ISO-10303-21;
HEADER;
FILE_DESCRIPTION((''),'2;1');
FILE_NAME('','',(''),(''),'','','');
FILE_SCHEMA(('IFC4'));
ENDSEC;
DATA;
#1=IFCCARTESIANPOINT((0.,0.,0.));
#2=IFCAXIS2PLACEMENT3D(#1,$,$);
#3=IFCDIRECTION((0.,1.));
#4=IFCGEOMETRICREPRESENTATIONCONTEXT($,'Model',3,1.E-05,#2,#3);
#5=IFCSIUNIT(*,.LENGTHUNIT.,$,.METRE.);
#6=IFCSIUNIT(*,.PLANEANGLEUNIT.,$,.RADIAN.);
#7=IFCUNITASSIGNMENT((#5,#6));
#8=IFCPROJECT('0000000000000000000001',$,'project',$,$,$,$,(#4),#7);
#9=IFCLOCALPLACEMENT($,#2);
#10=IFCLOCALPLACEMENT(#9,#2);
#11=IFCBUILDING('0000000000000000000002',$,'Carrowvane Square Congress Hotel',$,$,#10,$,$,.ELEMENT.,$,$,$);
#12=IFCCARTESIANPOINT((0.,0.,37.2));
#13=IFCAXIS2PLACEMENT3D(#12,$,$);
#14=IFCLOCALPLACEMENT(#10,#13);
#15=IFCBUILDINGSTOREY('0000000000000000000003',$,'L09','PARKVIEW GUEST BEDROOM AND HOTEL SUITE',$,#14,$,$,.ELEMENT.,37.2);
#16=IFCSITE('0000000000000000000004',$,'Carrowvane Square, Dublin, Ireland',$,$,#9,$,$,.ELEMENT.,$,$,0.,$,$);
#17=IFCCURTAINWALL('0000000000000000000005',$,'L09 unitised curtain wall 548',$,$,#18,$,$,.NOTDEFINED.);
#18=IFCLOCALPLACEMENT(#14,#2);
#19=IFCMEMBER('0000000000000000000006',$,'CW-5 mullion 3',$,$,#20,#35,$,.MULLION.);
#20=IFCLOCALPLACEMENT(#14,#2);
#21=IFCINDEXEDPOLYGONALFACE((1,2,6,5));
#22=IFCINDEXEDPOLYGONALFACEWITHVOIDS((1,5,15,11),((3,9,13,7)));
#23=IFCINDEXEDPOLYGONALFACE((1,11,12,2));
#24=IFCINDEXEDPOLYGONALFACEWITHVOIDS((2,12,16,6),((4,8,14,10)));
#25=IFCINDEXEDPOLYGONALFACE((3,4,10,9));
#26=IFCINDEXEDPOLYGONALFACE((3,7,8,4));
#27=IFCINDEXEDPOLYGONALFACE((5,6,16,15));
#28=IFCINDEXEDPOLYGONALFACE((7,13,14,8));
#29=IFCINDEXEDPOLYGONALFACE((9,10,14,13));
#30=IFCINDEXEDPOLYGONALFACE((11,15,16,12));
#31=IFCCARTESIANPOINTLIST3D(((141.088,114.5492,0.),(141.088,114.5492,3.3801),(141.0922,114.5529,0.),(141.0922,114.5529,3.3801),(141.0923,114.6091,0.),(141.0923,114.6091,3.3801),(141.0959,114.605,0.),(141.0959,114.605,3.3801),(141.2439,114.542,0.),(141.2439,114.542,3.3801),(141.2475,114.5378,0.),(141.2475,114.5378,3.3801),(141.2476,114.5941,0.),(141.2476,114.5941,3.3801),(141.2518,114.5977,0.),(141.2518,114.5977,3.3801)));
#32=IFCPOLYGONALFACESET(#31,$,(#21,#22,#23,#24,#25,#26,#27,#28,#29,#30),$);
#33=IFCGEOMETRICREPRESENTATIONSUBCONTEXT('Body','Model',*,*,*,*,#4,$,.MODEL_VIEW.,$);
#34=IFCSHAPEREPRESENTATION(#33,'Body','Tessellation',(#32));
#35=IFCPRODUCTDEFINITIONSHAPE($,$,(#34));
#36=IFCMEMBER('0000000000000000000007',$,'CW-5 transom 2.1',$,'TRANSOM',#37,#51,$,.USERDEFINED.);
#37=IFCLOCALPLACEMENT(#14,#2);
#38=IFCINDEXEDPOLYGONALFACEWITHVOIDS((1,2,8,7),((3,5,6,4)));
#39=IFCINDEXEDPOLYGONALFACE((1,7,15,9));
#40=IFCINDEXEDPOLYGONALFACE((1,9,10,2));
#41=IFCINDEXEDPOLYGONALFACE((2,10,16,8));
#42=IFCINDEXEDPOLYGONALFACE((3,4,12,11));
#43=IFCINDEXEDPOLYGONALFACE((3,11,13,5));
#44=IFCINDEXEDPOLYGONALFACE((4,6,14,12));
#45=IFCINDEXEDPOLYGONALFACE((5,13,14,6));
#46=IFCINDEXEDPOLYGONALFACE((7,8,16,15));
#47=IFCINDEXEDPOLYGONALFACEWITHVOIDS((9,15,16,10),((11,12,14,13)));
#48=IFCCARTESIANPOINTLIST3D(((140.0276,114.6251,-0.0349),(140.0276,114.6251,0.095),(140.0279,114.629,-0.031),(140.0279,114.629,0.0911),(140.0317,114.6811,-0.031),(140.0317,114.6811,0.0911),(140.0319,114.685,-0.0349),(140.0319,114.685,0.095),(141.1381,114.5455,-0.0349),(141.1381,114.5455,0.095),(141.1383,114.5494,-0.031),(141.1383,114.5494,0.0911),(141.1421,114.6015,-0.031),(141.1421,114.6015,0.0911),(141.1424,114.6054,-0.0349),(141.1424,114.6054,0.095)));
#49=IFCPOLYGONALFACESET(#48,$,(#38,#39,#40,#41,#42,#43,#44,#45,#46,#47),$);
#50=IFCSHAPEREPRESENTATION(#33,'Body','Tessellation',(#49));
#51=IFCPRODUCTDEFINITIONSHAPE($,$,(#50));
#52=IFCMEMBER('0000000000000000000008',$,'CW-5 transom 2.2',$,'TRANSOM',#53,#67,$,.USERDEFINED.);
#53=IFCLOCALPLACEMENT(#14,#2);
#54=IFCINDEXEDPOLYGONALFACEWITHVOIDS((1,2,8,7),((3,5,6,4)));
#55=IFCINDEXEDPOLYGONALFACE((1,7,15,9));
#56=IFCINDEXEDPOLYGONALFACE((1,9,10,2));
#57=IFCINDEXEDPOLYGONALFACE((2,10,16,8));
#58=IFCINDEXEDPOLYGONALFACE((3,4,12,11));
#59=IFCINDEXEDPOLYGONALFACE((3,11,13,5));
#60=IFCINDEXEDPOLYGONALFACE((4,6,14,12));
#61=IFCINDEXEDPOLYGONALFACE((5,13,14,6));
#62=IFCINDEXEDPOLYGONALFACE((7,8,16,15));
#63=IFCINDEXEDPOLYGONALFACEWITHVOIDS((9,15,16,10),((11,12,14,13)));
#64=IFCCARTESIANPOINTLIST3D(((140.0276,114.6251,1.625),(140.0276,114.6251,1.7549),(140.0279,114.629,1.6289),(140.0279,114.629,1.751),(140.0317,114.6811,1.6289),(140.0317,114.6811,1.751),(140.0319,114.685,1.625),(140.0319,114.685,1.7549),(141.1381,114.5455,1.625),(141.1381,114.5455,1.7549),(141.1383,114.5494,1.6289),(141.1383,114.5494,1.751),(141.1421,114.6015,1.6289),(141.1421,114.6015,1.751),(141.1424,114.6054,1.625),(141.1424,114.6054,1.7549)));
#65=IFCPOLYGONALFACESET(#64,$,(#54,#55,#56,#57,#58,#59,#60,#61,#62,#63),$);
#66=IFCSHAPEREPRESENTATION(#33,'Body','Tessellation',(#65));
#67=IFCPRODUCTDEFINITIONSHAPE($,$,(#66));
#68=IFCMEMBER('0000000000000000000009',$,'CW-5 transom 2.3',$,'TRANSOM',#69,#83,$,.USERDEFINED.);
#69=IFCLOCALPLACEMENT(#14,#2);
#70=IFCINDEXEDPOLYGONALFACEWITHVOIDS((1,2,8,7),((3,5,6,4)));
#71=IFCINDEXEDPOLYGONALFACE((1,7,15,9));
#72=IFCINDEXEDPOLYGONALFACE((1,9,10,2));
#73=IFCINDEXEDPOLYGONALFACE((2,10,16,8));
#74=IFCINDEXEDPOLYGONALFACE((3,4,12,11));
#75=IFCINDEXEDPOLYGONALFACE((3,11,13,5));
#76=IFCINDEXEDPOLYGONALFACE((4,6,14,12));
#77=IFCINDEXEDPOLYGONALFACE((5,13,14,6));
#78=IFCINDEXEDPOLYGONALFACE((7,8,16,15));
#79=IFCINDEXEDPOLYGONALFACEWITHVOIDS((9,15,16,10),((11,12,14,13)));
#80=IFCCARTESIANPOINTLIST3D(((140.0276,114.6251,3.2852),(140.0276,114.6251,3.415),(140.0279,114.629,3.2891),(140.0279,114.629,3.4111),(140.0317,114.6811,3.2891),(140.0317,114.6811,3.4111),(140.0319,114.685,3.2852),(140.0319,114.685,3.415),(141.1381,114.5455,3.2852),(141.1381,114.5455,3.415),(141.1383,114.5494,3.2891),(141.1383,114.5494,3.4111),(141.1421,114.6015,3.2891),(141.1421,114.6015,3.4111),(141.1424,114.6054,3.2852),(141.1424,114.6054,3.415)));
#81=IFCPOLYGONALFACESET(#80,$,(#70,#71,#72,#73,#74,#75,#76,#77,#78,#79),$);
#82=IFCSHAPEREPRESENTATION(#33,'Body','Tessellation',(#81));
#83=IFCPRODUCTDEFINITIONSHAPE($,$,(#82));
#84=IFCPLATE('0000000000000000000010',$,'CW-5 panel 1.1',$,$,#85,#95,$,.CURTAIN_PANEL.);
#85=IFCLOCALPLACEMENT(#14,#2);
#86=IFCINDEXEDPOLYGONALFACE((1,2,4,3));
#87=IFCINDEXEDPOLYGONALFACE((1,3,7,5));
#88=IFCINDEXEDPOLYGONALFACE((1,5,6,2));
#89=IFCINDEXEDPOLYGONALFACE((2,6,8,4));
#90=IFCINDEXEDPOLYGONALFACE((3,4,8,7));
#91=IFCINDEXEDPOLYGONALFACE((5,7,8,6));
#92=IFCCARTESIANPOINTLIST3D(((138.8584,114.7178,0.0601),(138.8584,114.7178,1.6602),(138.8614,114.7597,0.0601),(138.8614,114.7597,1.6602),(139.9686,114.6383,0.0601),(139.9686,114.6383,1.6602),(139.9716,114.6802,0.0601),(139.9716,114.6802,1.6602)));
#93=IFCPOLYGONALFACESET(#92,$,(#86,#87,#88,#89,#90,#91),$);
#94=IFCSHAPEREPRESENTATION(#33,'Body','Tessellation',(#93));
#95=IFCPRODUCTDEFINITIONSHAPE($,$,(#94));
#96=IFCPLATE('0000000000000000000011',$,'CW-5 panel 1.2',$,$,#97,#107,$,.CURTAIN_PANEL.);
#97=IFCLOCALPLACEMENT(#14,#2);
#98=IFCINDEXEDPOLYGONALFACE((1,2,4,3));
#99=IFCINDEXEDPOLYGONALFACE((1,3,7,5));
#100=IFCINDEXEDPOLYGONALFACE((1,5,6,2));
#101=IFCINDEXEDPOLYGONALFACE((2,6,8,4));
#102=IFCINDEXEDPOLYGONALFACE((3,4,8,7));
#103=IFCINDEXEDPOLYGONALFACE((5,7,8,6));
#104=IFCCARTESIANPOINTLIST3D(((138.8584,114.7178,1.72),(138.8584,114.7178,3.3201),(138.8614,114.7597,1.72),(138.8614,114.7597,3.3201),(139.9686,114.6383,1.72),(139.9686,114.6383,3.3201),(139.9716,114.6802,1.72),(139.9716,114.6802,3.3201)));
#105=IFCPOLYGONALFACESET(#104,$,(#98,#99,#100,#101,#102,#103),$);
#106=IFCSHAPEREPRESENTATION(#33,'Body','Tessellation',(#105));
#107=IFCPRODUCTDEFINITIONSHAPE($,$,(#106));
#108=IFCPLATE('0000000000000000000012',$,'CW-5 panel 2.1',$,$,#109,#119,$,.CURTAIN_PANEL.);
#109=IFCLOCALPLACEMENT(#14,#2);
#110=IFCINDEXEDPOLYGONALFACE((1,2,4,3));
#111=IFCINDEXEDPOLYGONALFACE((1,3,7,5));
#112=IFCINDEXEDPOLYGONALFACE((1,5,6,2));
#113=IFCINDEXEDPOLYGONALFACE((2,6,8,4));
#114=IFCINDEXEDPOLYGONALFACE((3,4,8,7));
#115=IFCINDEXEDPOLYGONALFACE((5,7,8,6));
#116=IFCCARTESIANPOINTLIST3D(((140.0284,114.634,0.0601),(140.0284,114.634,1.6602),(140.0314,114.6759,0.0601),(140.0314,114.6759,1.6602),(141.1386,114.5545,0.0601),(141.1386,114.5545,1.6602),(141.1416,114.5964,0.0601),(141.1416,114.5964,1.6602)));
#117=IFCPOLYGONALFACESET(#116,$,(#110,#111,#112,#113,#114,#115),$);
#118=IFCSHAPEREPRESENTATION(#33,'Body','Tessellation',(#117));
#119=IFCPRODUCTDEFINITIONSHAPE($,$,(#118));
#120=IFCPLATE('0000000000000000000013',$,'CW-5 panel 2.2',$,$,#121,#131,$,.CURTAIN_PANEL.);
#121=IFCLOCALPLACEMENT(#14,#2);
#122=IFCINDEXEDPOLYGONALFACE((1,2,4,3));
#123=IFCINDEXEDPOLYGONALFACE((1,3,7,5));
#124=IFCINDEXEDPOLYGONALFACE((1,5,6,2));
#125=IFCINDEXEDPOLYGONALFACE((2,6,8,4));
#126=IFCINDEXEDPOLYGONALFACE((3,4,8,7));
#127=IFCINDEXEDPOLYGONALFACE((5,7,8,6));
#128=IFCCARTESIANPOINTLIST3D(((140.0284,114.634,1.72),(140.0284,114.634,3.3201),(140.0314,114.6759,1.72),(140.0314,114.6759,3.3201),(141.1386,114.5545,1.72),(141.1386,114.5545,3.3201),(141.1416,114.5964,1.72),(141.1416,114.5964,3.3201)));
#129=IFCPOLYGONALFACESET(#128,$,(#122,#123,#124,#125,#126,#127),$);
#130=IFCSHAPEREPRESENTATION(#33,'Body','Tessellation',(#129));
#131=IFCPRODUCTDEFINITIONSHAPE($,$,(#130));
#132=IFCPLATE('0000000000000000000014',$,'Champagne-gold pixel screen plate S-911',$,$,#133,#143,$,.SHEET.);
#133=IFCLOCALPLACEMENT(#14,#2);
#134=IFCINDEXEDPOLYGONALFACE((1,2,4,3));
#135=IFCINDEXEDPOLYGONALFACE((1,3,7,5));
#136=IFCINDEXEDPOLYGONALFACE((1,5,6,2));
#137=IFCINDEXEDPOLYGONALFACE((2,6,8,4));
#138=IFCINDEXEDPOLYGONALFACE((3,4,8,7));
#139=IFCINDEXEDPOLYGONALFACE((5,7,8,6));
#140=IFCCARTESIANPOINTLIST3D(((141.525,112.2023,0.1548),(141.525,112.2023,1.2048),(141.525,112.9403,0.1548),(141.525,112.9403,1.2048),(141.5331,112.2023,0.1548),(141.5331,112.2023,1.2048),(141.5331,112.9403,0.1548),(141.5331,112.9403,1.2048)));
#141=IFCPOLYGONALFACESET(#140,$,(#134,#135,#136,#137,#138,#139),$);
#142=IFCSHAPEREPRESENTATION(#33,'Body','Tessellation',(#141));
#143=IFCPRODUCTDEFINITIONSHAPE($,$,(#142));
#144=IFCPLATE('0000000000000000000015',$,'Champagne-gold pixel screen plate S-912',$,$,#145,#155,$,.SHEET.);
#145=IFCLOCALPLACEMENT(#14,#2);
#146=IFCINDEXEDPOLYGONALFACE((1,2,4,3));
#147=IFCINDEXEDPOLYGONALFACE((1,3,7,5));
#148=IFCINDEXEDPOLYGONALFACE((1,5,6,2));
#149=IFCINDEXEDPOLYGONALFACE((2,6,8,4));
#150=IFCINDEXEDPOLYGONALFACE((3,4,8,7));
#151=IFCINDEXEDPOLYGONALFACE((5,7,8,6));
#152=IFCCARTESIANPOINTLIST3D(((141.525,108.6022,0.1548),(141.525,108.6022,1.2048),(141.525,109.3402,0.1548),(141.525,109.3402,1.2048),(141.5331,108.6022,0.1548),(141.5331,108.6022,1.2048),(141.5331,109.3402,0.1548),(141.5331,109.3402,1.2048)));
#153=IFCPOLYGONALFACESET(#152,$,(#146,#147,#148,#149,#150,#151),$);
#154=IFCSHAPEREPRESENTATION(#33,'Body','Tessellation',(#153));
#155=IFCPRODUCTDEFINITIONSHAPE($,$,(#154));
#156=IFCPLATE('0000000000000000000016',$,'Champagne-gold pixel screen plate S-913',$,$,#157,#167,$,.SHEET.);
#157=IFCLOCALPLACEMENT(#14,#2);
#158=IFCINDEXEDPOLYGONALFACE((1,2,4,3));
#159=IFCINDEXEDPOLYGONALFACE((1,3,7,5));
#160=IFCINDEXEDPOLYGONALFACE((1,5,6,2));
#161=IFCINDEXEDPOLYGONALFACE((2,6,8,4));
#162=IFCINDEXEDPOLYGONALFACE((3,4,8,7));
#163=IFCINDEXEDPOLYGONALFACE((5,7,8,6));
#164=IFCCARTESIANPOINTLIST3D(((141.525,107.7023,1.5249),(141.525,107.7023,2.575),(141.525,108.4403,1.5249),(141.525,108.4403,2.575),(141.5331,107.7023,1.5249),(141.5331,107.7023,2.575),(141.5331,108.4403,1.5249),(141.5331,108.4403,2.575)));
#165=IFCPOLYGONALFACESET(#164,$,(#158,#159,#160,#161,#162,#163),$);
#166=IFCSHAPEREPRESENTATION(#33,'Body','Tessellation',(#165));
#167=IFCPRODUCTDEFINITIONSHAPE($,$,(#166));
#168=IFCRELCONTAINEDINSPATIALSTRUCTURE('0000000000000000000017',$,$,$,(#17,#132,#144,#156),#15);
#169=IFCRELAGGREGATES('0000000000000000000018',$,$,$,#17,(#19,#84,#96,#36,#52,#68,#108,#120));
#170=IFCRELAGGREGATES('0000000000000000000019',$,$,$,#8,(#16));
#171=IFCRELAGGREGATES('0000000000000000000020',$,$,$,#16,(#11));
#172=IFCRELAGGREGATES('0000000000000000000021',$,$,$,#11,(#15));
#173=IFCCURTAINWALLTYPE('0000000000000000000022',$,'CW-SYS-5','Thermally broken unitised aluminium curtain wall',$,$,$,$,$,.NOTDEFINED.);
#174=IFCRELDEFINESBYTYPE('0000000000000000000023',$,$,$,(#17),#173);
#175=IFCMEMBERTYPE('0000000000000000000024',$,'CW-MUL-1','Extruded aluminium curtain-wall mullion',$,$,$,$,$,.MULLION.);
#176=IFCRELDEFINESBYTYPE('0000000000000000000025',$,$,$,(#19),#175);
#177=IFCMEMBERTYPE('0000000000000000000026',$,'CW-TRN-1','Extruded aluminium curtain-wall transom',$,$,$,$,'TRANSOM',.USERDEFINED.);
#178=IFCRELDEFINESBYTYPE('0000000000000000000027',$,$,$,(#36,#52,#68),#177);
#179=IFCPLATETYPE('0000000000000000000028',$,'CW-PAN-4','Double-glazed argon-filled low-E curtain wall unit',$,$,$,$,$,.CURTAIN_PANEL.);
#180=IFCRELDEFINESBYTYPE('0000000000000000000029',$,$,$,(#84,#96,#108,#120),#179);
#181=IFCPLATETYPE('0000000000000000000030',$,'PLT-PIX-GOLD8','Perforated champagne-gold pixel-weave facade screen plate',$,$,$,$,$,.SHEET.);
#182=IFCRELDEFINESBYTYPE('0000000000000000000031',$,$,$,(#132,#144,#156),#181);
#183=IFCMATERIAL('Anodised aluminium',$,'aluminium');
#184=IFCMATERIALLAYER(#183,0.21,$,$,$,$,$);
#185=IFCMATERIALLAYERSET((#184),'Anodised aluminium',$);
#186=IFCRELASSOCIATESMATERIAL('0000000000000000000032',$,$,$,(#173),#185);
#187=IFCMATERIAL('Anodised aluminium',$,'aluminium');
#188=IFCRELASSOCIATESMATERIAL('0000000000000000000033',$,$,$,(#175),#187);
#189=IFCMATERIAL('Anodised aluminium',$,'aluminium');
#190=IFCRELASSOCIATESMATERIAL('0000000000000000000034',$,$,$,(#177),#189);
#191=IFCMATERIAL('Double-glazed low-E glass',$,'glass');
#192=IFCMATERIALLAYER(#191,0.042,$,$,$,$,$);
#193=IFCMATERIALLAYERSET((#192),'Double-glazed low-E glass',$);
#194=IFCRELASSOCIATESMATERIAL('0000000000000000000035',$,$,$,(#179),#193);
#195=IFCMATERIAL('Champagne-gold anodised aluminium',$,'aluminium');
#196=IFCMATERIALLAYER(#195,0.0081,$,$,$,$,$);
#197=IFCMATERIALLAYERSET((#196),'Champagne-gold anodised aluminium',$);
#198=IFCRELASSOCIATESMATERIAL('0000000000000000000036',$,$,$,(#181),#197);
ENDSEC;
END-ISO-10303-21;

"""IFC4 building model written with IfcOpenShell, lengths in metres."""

from ifc_helpers import new_model, si_unit, direction, frame, origin, origin_2d, place, context, subcontext, project, spatial, rectangle, hollow_rectangle, extrude, material, layer, layer_set, material_profile, profile_set, type_object, element, aggregate, save


model = new_model("IFC4")

# Units and contexts
model_context = context("Model", 3, precision=1e-05, world=origin(), true_north=direction((0.0, 1.0)))
body_context = subcontext(model_context, "Body", "Model", "MODEL_VIEW")
ifc_project = project(units=[si_unit("LENGTHUNIT", "METRE"), si_unit("PLANEANGLEUNIT", "RADIAN")], contexts=[model_context])

# Site, building, storey
site_placement = place(None, origin())
site = spatial("IfcSite", under=ifc_project, at=site_placement, Name="Carrowvane Square, Dublin, Ireland", CompositionType="ELEMENT", RefElevation=0.0)
building_placement = place(site_placement, origin())
building = spatial("IfcBuilding", under=site, at=building_placement, Name="Carrowvane Square Congress Hotel", CompositionType="ELEMENT")
storey_placement = place(building_placement, frame((0.0, 0.0, 37.2)))
storey = spatial("IfcBuildingStorey", under=building, at=storey_placement, Name="L09", Description="PARKVIEW GUEST BEDROOM AND HOTEL SUITE", CompositionType="ELEMENT", Elevation=37.2)

# Curtain wall, members, plates
ifc_material_1 = material(Name="Anodised aluminium", Category="aluminium")
ifc_layer_1 = layer(ifc_material_1, 0.21)
ifc_layer_set_1 = layer_set([ifc_layer_1], Name="Anodised aluminium")
curtain_wall_type = type_object("IfcCurtainWallType", Name="CW-SYS-5", Description="Thermally broken unitised aluminium curtain wall", PredefinedType="NOTDEFINED", material=ifc_layer_set_1)
curtain_wall_placement = place(storey_placement, origin())
curtain_wall = element("IfcCurtainWall", 1, at=curtain_wall_placement, inside=storey, type_object=curtain_wall_type, Name="L09 unitised curtain wall 548", PredefinedType="NOTDEFINED")
ifc_material_2 = material(Name="Anodised aluminium", Category="aluminium")
ifc_material_profile_1 = material_profile(ifc_material_2, hollow_rectangle(XDim=0.0601, YDim=0.1599, WallThickness=0.0039, at=origin_2d()), Name="CW-ML 60x160x4")
ifc_profile_set_1 = profile_set([ifc_material_profile_1], Name="Anodised aluminium")
member_type_1 = type_object("IfcMemberType", Name="CW-MUL-1", Description="Extruded aluminium curtain-wall mullion", PredefinedType="MULLION", material=ifc_profile_set_1)
member_1_placement = place(storey_placement, frame((141.1699, 114.5735, 0.0), z_axis=(0.0, 0.0, 1.0), x_axis=(0.071422, 0.997446, 0.0)))
member_1 = element("IfcMember", 2, at=member_1_placement, type_object=member_type_1, Name="CW-5 mullion 3", PredefinedType="MULLION", context=body_context, shape_type="SweptSolid", body=[
    extrude(hollow_rectangle(XDim=0.0601, YDim=0.1599, WallThickness=0.0039, at=origin_2d()), origin(), (0.0, 0.0, 1.0), 3.3801),
])
ifc_material_3 = material(Name="Anodised aluminium", Category="aluminium")
ifc_material_profile_2 = material_profile(ifc_material_3, hollow_rectangle(XDim=0.0601, YDim=0.1299, WallThickness=0.0039, at=origin_2d()), Name="CW-TR 60x130x4")
ifc_profile_set_2 = profile_set([ifc_material_profile_2], Name="Anodised aluminium")
member_type_2 = type_object("IfcMemberType", Name="CW-TRN-1", Description="Extruded aluminium curtain-wall transom", ElementType="TRANSOM", PredefinedType="USERDEFINED", material=ifc_profile_set_2)
member_2_placement = place(storey_placement, frame((140.0298, 114.655, 0.03), z_axis=(0.997441, -0.071496, 0.0), x_axis=(0.071496, 0.997441, 0.0)))
member_2 = element("IfcMember", 3, at=member_2_placement, type_object=member_type_2, Name="CW-5 transom 2.1", ObjectType="TRANSOM", PredefinedType="USERDEFINED", context=body_context, shape_type="SweptSolid", body=[
    extrude(hollow_rectangle(XDim=0.0601, YDim=0.1299, WallThickness=0.0039, at=origin_2d()), origin(), (0.0, 0.0, 1.0), 1.1133),
])
member_3_placement = place(storey_placement, frame((140.0298, 114.655, 1.6899), z_axis=(0.997441, -0.071496, 0.0), x_axis=(0.071496, 0.997441, 0.0)))
member_3 = element("IfcMember", 4, at=member_3_placement, type_object=member_type_2, Name="CW-5 transom 2.2", ObjectType="TRANSOM", PredefinedType="USERDEFINED", context=body_context, shape_type="SweptSolid", body=[
    extrude(hollow_rectangle(XDim=0.0601, YDim=0.1299, WallThickness=0.0039, at=origin_2d()), origin(), (0.0, 0.0, 1.0), 1.1133),
])
member_4_placement = place(storey_placement, frame((140.0298, 114.655, 3.3501), z_axis=(0.997441, -0.071496, 0.0), x_axis=(0.071496, 0.997441, 0.0)))
member_4 = element("IfcMember", 5, at=member_4_placement, type_object=member_type_2, Name="CW-5 transom 2.3", ObjectType="TRANSOM", PredefinedType="USERDEFINED", context=body_context, shape_type="SweptSolid", body=[
    extrude(hollow_rectangle(XDim=0.0601, YDim=0.1299, WallThickness=0.0039, at=origin_2d()), origin(), (0.0, 0.0, 1.0), 1.1133),
])
ifc_material_4 = material(Name="Double-glazed low-E glass", Category="glass")
ifc_layer_2 = layer(ifc_material_4, 0.042)
ifc_layer_set_2 = layer_set([ifc_layer_2], Name="Double-glazed low-E glass")
plate_type_1 = type_object("IfcPlateType", Name="CW-PAN-4", Description="Double-glazed argon-filled low-E curtain wall unit", PredefinedType="CURTAIN_PANEL", material=ifc_layer_set_2)
plate_1_placement = place(storey_placement, frame((139.415, 114.699, 0.0601), z_axis=(0.0, 0.0, 1.0), x_axis=(0.997446, -0.071422, 0.0)))
plate_1 = element("IfcPlate", 6, at=plate_1_placement, type_object=plate_type_1, Name="CW-5 panel 1.1", PredefinedType="CURTAIN_PANEL", context=body_context, shape_type="SweptSolid", body=[
    extrude(rectangle(XDim=1.113, YDim=0.042, at=origin_2d()), origin(), (0.0, 0.0, 1.0), 1.6001),
])
plate_2_placement = place(storey_placement, frame((139.415, 114.699, 1.72), z_axis=(0.0, 0.0, 1.0), x_axis=(0.997446, -0.071422, 0.0)))
plate_2 = element("IfcPlate", 7, at=plate_2_placement, type_object=plate_type_1, Name="CW-5 panel 1.2", PredefinedType="CURTAIN_PANEL", context=body_context, shape_type="SweptSolid", body=[
    extrude(rectangle(XDim=1.113, YDim=0.042, at=origin_2d()), origin(), (0.0, 0.0, 1.0), 1.6001),
])
plate_3_placement = place(storey_placement, frame((140.585, 114.6152, 0.0601), z_axis=(0.0, 0.0, 1.0), x_axis=(0.997446, -0.071422, 0.0)))
plate_3 = element("IfcPlate", 8, at=plate_3_placement, type_object=plate_type_1, Name="CW-5 panel 2.1", PredefinedType="CURTAIN_PANEL", context=body_context, shape_type="SweptSolid", body=[
    extrude(rectangle(XDim=1.113, YDim=0.042, at=origin_2d()), origin(), (0.0, 0.0, 1.0), 1.6001),
])
plate_4_placement = place(storey_placement, frame((140.585, 114.6152, 1.72), z_axis=(0.0, 0.0, 1.0), x_axis=(0.997446, -0.071422, 0.0)))
plate_4 = element("IfcPlate", 9, at=plate_4_placement, type_object=plate_type_1, Name="CW-5 panel 2.2", PredefinedType="CURTAIN_PANEL", context=body_context, shape_type="SweptSolid", body=[
    extrude(rectangle(XDim=1.113, YDim=0.042, at=origin_2d()), origin(), (0.0, 0.0, 1.0), 1.6001),
])
aggregate(curtain_wall, [member_1, plate_1, plate_2, member_2, member_3, member_4, plate_3, plate_4])

# Plates
ifc_material_5 = material(Name="Champagne-gold anodised aluminium", Category="aluminium")
ifc_layer_3 = layer(ifc_material_5, 0.0081)
ifc_layer_set_3 = layer_set([ifc_layer_3], Name="Champagne-gold anodised aluminium")
plate_type_2 = type_object("IfcPlateType", Name="PLT-PIX-GOLD8", Description="Perforated champagne-gold pixel-weave facade screen plate", PredefinedType="SHEET", material=ifc_layer_set_3)
for number, where, z_axis, x_axis, name in (
    (10, (141.5291, 112.5713, 0.1548), (0.0, 0.0, 1.0), (0.0, -1.0, 0.0), "Champagne-gold pixel screen plate S-911"),
    (11, (141.5291, 108.9712, 0.1548), (0.0, 0.0, 1.0), (0.0, -1.0, 0.0), "Champagne-gold pixel screen plate S-912"),
    (12, (141.5291, 108.0713, 1.5249), (0.0, 0.0, 1.0), (0.0, -1.0, 0.0), "Champagne-gold pixel screen plate S-913"),
):
    element("IfcPlate", number, at=place(storey_placement, frame(where, z_axis=z_axis, x_axis=x_axis)), inside=storey, type_object=plate_type_2, Name=name, PredefinedType="SHEET", context=body_context, shape_type="SweptSolid", body=[
        extrude(rectangle(XDim=0.738, YDim=0.0081, at=origin_2d()), origin(), (0.0, 0.0, 1.0), 1.05),
    ])

save(model, "model.ifc")
